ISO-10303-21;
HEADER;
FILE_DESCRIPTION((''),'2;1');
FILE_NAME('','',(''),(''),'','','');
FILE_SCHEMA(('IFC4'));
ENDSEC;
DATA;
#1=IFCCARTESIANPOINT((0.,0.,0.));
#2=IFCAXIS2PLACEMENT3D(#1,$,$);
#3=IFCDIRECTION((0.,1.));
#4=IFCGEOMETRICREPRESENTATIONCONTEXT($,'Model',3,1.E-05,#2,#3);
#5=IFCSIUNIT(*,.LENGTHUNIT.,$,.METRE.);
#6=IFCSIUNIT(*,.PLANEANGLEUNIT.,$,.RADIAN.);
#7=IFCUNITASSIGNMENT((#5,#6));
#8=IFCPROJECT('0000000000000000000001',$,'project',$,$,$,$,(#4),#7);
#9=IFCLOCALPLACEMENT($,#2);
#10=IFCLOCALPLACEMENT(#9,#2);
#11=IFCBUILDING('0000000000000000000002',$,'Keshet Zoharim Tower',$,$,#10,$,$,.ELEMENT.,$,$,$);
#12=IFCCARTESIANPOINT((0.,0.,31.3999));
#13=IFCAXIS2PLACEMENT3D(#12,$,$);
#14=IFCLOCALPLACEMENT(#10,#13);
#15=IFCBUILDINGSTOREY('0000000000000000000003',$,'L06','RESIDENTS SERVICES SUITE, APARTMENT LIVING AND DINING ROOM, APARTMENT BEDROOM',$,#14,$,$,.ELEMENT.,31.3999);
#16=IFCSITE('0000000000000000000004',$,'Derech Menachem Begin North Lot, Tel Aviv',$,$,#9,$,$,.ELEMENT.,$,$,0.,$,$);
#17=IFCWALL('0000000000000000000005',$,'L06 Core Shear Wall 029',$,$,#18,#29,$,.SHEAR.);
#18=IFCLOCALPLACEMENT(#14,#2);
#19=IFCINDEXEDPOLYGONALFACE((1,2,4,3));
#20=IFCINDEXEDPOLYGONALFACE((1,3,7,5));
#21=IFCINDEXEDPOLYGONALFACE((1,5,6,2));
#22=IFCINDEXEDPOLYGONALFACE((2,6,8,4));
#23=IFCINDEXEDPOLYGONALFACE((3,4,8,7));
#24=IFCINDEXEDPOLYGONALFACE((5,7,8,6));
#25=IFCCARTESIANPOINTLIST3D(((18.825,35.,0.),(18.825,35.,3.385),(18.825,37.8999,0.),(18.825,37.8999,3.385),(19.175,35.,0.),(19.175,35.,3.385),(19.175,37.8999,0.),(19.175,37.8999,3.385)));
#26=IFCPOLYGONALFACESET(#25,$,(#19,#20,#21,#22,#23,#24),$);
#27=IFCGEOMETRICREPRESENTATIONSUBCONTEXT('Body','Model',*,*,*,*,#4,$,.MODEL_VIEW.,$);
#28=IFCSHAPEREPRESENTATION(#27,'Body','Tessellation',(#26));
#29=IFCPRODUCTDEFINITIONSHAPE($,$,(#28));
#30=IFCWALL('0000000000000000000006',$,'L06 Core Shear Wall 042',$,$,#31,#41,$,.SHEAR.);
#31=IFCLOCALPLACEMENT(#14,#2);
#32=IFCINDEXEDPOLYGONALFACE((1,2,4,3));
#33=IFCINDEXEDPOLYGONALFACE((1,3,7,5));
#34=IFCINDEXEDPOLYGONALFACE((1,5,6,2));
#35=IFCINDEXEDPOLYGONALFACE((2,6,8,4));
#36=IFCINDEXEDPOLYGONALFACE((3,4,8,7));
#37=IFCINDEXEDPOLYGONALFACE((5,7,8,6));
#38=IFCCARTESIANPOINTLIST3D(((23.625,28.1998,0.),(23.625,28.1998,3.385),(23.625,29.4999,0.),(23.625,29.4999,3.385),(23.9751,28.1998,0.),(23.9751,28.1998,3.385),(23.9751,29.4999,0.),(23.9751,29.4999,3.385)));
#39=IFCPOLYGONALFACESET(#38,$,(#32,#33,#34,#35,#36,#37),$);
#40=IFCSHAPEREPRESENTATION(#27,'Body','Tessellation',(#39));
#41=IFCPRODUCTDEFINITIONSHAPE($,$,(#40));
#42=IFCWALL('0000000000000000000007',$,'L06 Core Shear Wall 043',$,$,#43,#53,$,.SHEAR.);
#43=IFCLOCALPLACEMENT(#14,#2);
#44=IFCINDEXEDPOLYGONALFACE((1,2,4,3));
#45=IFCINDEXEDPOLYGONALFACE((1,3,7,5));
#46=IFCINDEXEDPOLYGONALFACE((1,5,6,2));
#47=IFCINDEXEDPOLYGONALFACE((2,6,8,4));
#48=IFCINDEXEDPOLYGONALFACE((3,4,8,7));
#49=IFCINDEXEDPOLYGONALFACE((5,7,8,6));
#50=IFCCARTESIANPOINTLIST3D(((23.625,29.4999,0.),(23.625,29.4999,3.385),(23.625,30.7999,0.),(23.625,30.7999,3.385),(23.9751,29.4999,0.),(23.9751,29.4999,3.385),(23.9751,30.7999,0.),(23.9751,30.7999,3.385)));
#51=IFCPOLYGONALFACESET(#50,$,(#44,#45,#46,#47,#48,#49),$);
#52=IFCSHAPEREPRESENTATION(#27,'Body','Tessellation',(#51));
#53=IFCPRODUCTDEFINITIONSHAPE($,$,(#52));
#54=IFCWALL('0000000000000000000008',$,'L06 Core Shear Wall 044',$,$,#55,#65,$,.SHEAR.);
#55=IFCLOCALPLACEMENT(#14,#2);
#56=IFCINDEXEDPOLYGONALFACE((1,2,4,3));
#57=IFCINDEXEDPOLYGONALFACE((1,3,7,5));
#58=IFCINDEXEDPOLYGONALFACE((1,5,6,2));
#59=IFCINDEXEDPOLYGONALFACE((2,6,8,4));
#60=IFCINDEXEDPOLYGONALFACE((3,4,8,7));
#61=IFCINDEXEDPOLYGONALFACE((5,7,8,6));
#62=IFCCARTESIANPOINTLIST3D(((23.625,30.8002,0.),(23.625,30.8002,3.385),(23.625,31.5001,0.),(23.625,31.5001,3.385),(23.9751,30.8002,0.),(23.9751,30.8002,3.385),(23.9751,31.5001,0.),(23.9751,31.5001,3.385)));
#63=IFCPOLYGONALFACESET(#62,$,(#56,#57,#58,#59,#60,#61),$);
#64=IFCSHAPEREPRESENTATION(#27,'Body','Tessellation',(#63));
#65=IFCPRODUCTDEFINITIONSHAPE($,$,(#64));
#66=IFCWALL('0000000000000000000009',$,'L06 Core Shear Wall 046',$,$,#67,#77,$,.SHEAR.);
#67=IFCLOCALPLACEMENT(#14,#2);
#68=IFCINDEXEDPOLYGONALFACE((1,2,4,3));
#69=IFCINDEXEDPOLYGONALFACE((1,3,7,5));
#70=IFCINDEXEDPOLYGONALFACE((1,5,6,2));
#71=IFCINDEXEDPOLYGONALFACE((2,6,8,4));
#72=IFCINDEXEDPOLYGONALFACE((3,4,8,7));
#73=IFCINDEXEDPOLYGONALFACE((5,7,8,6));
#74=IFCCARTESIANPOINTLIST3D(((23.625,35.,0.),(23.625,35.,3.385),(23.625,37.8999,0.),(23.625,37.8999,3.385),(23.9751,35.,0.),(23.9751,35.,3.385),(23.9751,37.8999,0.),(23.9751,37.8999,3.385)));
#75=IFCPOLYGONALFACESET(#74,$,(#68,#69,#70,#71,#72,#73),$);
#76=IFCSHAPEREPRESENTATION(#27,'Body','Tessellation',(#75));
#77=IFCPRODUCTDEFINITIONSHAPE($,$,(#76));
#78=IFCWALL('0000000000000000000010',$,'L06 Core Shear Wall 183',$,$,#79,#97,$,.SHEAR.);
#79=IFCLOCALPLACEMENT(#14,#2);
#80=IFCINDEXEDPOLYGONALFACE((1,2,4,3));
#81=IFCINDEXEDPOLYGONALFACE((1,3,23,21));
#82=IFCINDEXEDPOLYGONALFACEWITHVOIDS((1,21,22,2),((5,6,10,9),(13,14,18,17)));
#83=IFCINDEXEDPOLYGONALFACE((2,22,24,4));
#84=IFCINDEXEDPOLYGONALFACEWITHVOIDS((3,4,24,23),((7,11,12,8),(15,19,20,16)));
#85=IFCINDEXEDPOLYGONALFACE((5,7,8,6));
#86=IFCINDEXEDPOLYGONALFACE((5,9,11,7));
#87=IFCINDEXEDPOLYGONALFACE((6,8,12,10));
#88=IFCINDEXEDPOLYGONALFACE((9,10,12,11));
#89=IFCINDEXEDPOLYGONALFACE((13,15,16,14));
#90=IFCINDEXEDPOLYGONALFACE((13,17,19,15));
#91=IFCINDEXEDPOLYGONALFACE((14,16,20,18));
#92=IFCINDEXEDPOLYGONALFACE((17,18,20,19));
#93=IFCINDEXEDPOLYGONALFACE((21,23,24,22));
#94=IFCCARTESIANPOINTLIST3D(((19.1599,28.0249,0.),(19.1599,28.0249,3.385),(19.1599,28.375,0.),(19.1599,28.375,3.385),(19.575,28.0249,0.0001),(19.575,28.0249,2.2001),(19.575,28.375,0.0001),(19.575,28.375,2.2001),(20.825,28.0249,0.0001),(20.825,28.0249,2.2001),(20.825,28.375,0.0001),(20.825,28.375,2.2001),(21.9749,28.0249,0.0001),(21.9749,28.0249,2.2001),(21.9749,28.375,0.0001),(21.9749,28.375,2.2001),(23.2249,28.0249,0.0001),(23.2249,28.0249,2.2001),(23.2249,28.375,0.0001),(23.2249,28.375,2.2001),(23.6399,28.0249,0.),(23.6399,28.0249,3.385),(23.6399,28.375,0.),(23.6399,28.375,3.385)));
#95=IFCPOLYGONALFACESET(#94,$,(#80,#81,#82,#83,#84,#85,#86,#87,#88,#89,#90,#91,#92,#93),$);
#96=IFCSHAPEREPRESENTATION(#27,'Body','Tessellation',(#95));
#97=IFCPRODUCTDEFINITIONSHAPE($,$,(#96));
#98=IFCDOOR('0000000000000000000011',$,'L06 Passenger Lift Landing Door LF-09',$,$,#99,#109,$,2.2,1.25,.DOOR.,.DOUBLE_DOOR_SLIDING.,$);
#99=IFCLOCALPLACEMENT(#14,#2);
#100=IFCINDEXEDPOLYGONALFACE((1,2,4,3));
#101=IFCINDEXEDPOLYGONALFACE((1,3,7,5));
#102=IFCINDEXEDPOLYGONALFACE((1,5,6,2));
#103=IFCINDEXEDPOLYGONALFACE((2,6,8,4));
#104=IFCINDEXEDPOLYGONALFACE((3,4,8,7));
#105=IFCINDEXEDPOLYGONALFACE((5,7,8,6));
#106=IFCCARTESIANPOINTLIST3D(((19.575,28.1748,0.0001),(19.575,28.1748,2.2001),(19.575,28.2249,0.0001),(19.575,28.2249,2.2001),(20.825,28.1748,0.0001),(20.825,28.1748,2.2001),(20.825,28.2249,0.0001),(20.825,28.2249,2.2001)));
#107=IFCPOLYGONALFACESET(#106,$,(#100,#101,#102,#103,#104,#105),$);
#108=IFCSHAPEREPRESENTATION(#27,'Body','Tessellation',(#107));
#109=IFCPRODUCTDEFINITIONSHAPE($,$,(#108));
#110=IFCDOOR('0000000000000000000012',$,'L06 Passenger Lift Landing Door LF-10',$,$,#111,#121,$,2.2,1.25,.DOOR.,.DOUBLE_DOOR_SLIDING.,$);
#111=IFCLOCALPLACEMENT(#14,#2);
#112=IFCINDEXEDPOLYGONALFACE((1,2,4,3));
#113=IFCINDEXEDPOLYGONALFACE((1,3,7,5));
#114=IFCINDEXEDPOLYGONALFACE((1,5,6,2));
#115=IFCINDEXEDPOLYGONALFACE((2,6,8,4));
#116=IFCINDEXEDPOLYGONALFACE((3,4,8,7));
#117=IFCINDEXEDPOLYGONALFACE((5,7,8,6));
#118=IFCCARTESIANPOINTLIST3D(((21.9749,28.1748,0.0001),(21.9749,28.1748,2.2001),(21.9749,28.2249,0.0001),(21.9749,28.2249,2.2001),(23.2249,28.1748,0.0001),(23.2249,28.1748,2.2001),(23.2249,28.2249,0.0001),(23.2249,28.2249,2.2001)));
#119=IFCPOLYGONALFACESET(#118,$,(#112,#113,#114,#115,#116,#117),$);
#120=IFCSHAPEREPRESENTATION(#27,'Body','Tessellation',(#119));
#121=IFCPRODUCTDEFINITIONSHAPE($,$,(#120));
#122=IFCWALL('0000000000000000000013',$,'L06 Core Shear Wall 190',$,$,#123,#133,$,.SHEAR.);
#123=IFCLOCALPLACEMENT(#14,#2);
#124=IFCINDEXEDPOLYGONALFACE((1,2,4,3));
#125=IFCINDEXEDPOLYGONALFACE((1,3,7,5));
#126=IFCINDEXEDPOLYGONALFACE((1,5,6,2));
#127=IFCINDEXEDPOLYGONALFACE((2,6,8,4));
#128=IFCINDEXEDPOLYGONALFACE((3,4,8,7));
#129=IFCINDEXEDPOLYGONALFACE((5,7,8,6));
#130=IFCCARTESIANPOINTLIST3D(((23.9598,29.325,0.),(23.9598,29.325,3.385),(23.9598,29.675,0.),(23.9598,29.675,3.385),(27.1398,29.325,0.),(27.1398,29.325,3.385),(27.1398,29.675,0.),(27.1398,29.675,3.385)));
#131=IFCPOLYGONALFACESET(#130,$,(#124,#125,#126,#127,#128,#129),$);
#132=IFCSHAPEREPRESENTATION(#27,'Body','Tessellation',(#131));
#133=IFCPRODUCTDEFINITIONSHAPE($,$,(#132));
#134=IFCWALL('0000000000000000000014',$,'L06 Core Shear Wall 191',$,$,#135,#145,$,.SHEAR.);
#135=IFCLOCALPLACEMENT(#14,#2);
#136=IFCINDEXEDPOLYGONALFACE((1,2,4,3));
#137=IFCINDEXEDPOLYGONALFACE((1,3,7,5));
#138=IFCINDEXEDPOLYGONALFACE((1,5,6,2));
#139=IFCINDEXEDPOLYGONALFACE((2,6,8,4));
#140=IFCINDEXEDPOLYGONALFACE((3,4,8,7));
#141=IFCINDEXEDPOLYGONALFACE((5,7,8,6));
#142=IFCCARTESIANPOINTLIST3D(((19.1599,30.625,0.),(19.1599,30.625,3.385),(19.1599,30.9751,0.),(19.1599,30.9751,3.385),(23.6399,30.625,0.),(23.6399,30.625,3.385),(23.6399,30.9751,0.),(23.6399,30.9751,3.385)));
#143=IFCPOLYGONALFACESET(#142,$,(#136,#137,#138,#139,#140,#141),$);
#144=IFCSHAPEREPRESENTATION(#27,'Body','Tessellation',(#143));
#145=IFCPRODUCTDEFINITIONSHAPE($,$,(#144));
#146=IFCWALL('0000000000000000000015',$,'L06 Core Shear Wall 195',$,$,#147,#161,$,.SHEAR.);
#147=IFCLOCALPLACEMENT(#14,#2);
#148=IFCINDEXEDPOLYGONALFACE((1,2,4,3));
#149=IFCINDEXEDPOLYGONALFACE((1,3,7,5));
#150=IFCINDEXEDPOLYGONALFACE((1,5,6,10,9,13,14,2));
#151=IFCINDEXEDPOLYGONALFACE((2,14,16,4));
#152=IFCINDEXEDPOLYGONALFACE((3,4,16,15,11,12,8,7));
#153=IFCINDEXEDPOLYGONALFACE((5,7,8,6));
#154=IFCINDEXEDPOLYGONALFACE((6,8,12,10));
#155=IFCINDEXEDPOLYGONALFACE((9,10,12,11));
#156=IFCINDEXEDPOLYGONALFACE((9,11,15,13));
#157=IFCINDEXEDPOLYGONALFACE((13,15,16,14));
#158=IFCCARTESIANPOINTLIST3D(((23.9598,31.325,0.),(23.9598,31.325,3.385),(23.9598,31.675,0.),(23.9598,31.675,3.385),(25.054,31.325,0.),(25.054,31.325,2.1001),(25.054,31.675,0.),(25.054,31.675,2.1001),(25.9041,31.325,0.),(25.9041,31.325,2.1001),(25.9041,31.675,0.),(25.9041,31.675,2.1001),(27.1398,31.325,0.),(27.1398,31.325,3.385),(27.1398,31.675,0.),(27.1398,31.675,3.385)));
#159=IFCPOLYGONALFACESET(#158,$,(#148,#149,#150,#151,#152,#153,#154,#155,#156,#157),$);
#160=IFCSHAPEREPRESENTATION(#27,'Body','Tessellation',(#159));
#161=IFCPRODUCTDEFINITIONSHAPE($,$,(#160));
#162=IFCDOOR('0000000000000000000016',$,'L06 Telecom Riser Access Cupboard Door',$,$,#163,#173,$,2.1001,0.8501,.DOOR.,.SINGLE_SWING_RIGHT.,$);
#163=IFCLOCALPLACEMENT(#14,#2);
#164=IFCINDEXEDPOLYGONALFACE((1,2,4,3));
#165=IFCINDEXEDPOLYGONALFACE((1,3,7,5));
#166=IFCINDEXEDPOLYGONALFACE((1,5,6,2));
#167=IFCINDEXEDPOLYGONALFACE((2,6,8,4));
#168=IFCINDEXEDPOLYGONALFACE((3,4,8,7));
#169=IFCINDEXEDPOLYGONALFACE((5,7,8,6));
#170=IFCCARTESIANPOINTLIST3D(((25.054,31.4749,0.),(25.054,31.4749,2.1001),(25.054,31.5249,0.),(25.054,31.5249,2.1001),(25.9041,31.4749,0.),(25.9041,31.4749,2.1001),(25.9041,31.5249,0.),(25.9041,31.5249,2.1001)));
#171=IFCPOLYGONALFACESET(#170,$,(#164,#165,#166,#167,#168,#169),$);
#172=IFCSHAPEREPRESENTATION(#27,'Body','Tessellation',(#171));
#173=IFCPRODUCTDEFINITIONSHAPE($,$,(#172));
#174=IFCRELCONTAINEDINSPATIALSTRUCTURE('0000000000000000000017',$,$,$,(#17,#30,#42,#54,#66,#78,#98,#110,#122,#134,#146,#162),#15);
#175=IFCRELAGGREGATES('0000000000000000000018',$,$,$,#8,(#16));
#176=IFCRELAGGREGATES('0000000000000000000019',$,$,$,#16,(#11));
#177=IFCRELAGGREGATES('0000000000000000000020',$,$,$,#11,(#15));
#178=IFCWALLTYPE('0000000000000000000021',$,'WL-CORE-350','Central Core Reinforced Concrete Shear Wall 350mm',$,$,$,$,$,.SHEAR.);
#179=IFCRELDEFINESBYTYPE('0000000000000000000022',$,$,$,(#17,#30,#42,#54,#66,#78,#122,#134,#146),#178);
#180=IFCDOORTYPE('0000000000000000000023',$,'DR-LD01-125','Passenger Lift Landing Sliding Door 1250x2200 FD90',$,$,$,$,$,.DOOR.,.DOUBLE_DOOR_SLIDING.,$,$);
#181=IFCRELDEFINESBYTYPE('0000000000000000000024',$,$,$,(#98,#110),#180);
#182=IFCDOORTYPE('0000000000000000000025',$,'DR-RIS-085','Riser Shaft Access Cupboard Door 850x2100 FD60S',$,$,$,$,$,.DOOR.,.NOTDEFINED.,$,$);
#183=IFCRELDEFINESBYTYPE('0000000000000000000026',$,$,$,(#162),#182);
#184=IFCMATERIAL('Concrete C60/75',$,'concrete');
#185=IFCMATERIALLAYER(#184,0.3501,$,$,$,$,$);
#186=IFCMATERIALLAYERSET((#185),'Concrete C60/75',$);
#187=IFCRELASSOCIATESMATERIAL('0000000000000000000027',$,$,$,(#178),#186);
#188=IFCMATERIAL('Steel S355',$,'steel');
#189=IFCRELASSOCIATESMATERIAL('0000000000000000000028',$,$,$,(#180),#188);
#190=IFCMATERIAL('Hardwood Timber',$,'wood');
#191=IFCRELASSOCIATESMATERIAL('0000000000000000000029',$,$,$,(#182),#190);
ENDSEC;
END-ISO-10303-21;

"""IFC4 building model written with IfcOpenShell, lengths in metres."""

from ifc_helpers import new_model, si_unit, direction, frame, frame_2d, origin, place, context, subcontext, project, spatial, rectangle, extrude, material, layer, layer_set, type_object, element, fill, save


model = new_model("IFC4")

# Units and contexts
model_context = context("Model", 3, precision=1e-05, world=origin(), true_north=direction((0.0, 1.0)))
body_context = subcontext(model_context, "Body", "Model", "MODEL_VIEW")
ifc_project = project(units=[si_unit("LENGTHUNIT", "METRE"), si_unit("PLANEANGLEUNIT", "RADIAN")], contexts=[model_context])

# Site, building, storey
site_placement = place(None, origin())
site = spatial("IfcSite", under=ifc_project, at=site_placement, Name="Derech Menachem Begin North Lot, Tel Aviv", CompositionType="ELEMENT", RefElevation=0.0)
building_placement = place(site_placement, origin())
building = spatial("IfcBuilding", under=site, at=building_placement, Name="Keshet Zoharim Tower", CompositionType="ELEMENT")
storey_placement = place(building_placement, frame((0.0, 0.0, 31.3999)))
storey = spatial("IfcBuildingStorey", under=building, at=storey_placement, Name="L06", Description="RESIDENTS SERVICES SUITE, APARTMENT LIVING AND DINING ROOM, APARTMENT BEDROOM", CompositionType="ELEMENT", Elevation=31.3999)

# Shared definitions
ifc_material_1 = material(Name="Concrete C60/75", Category="concrete")
ifc_layer_1 = layer(ifc_material_1, 0.3501)
ifc_layer_set_1 = layer_set([ifc_layer_1], Name="Concrete C60/75")
wall_type_1 = type_object("IfcWallType", Name="WL-CORE-350", Description="Central Core Reinforced Concrete Shear Wall 350mm", PredefinedType="SHEAR", material=ifc_layer_set_1)
ifc_material_2 = material(Name="Hardwood Timber", Category="wood")

# Walls
wall_1_placement = place(storey_placement, frame((19.0, 35.0, 0.0), z_axis=(0.0, 0.0, 1.0), x_axis=(0.0, 1.0, 0.0)))
element("IfcWall", 1, at=wall_1_placement, inside=storey, type_object=wall_type_1, Name="L06 Core Shear Wall 029", PredefinedType="SHEAR", context=body_context, shape_type="SweptSolid", body=[
    extrude(rectangle(XDim=2.8999, YDim=0.3501, at=frame_2d((1.45, 0.0))), origin(), (0.0, 0.0, 1.0), 3.385),
])
for number, where, z_axis, x_axis, name in (
    (2, (23.8, 28.2, 0.0), (0.0, 0.0, 1.0), (0.0, 1.0, 0.0), "L06 Core Shear Wall 042"),
    (3, (23.8, 29.5, 0.0), (0.0, 0.0, 1.0), (0.0, 1.0, 0.0), "L06 Core Shear Wall 043"),
):
    element("IfcWall", number, at=place(storey_placement, frame(where, z_axis=z_axis, x_axis=x_axis)), inside=storey, type_object=wall_type_1, Name=name, PredefinedType="SHEAR", context=body_context, shape_type="SweptSolid", body=[
        extrude(rectangle(XDim=1.3, YDim=0.3501, at=frame_2d((0.6499, 0.0))), origin(), (0.0, 0.0, 1.0), 3.385),
    ])
wall_2_placement = place(storey_placement, frame((23.8, 30.8, 0.0), z_axis=(0.0, 0.0, 1.0), x_axis=(0.0, 1.0, 0.0)))
element("IfcWall", 4, at=wall_2_placement, inside=storey, type_object=wall_type_1, Name="L06 Core Shear Wall 044", PredefinedType="SHEAR", context=body_context, shape_type="SweptSolid", body=[
    extrude(rectangle(XDim=0.7, YDim=0.3501, at=frame_2d((0.3501, 0.0))), origin(), (0.0, 0.0, 1.0), 3.385),
])

# Wall
wall_3_placement = place(storey_placement, frame((23.8, 35.0, 0.0), z_axis=(0.0, 0.0, 1.0), x_axis=(0.0, 1.0, 0.0)))
element("IfcWall", 5, at=wall_3_placement, inside=storey, type_object=wall_type_1, Name="L06 Core Shear Wall 046", PredefinedType="SHEAR", context=body_context, shape_type="SweptSolid", body=[
    extrude(rectangle(XDim=2.8999, YDim=0.3501, at=frame_2d((1.45, 0.0))), origin(), (0.0, 0.0, 1.0), 3.385),
])

# Wall, openings, doors
wall_4_placement = place(storey_placement, frame((19.1599, 28.2, 0.0), z_axis=(0.0, 0.0, 1.0), x_axis=(1.0, 0.0, 0.0)))
wall_4 = element("IfcWall", 6, at=wall_4_placement, inside=storey, type_object=wall_type_1, Name="L06 Core Shear Wall 183", PredefinedType="SHEAR", context=body_context, shape_type="SweptSolid", body=[
    extrude(rectangle(XDim=4.48, YDim=0.3501, at=frame_2d((2.24, 0.0))), origin(), (0.0, 0.0, 1.0), 3.385),
])
opening_1_placement = place(wall_4_placement, frame((0.415, 0.0, 0.0)))
opening_1 = element("IfcOpeningElement", 7, at=opening_1_placement, cuts=wall_4, PredefinedType="OPENING", context=body_context, shape_type="SweptSolid", body=[
    extrude(rectangle(XDim=1.25, YDim=2.2, at=frame_2d((0.625, 1.1001))), frame((0.0, 0.1851, 0.0), z_axis=(0.0, -1.0, 0.0), x_axis=(1.0, 0.0, 0.0)), (0.0, 0.0, 1.0), 0.3701),
])
opening_2_placement = place(wall_4_placement, frame((2.8149, 0.0, 0.0)))
opening_2 = element("IfcOpeningElement", 8, at=opening_2_placement, cuts=wall_4, PredefinedType="OPENING", context=body_context, shape_type="SweptSolid", body=[
    extrude(rectangle(XDim=1.25, YDim=2.2, at=frame_2d((0.625, 1.1001))), frame((0.0, 0.1851, 0.0), z_axis=(0.0, -1.0, 0.0), x_axis=(1.0, 0.0, 0.0)), (0.0, 0.0, 1.0), 0.3701),
])
ifc_material_3 = material(Name="Steel S355", Category="steel")
door_type_1 = type_object("IfcDoorType", Name="DR-LD01-125", Description="Passenger Lift Landing Sliding Door 1250x2200 FD90", OperationType="DOUBLE_DOOR_SLIDING", PredefinedType="DOOR", material=ifc_material_3)
door_1_placement = place(opening_1_placement, origin())
door_1 = element("IfcDoor", 9, at=door_1_placement, inside=storey, type_object=door_type_1, Name="L06 Passenger Lift Landing Door LF-09", OperationType="DOUBLE_DOOR_SLIDING", OverallHeight=2.2, OverallWidth=1.25, PredefinedType="DOOR", context=body_context, shape_type="SweptSolid", body=[
    extrude(rectangle(XDim=1.25, YDim=2.2, at=frame_2d((0.625, 1.1001))), frame((0.0, 0.0249, 0.0), z_axis=(0.0, -1.0, 0.0), x_axis=(1.0, 0.0, 0.0)), (0.0, 0.0, 1.0), 0.05),
])
fill(opening_1, door_1)
door_2_placement = place(opening_2_placement, origin())
door_2 = element("IfcDoor", 10, at=door_2_placement, inside=storey, type_object=door_type_1, Name="L06 Passenger Lift Landing Door LF-10", OperationType="DOUBLE_DOOR_SLIDING", OverallHeight=2.2, OverallWidth=1.25, PredefinedType="DOOR", context=body_context, shape_type="SweptSolid", body=[
    extrude(rectangle(XDim=1.25, YDim=2.2, at=frame_2d((0.625, 1.1001))), frame((0.0, 0.0249, 0.0), z_axis=(0.0, -1.0, 0.0), x_axis=(1.0, 0.0, 0.0)), (0.0, 0.0, 1.0), 0.05),
])
fill(opening_2, door_2)

# Walls
wall_5_placement = place(storey_placement, frame((23.96, 29.5, 0.0), z_axis=(0.0, 0.0, 1.0), x_axis=(1.0, 0.0, 0.0)))
element("IfcWall", 11, at=wall_5_placement, inside=storey, type_object=wall_type_1, Name="L06 Core Shear Wall 190", PredefinedType="SHEAR", context=body_context, shape_type="SweptSolid", body=[
    extrude(rectangle(XDim=3.1799, YDim=0.3501, at=frame_2d((1.5898, 0.0))), origin(), (0.0, 0.0, 1.0), 3.385),
])
wall_6_placement = place(storey_placement, frame((19.1599, 30.8, 0.0), z_axis=(0.0, 0.0, 1.0), x_axis=(1.0, 0.0, 0.0)))
element("IfcWall", 12, at=wall_6_placement, inside=storey, type_object=wall_type_1, Name="L06 Core Shear Wall 191", PredefinedType="SHEAR", context=body_context, shape_type="SweptSolid", body=[
    extrude(rectangle(XDim=4.48, YDim=0.3501, at=frame_2d((2.24, 0.0))), origin(), (0.0, 0.0, 1.0), 3.385),
])

# Wall, opening, door
wall_7_placement = place(storey_placement, frame((23.96, 31.5, 0.0), z_axis=(0.0, 0.0, 1.0), x_axis=(1.0, 0.0, 0.0)))
wall_7 = element("IfcWall", 13, at=wall_7_placement, inside=storey, type_object=wall_type_1, Name="L06 Core Shear Wall 195", PredefinedType="SHEAR", context=body_context, shape_type="SweptSolid", body=[
    extrude(rectangle(XDim=3.1799, YDim=0.3501, at=frame_2d((1.5898, 0.0))), origin(), (0.0, 0.0, 1.0), 3.385),
])
opening_3_placement = place(wall_7_placement, frame((1.094, 0.0, 0.0)))
opening_3 = element("IfcOpeningElement", 14, at=opening_3_placement, cuts=wall_7, PredefinedType="OPENING", context=body_context, shape_type="SweptSolid", body=[
    extrude(rectangle(XDim=0.8501, YDim=2.1001, at=frame_2d((0.425, 1.05))), frame((0.0, 0.1851, 0.0), z_axis=(0.0, -1.0, 0.0), x_axis=(1.0, 0.0, 0.0)), (0.0, 0.0, 1.0), 0.3701),
])
door_type_2 = type_object("IfcDoorType", Name="DR-RIS-085", Description="Riser Shaft Access Cupboard Door 850x2100 FD60S", OperationType="NOTDEFINED", PredefinedType="DOOR", material=ifc_material_2)
door_3_placement = place(opening_3_placement, origin())
door_3 = element("IfcDoor", 15, at=door_3_placement, inside=storey, type_object=door_type_2, Name="L06 Telecom Riser Access Cupboard Door", OperationType="SINGLE_SWING_RIGHT", OverallHeight=2.1001, OverallWidth=0.8501, PredefinedType="DOOR", context=body_context, shape_type="SweptSolid", body=[
    extrude(rectangle(XDim=0.8501, YDim=2.1001, at=frame_2d((0.425, 1.05))), frame((0.0, 0.0249, 0.0), z_axis=(0.0, -1.0, 0.0), x_axis=(1.0, 0.0, 0.0)), (0.0, 0.0, 1.0), 0.05),
])
fill(opening_3, door_3)

save(model, "model.ifc")
